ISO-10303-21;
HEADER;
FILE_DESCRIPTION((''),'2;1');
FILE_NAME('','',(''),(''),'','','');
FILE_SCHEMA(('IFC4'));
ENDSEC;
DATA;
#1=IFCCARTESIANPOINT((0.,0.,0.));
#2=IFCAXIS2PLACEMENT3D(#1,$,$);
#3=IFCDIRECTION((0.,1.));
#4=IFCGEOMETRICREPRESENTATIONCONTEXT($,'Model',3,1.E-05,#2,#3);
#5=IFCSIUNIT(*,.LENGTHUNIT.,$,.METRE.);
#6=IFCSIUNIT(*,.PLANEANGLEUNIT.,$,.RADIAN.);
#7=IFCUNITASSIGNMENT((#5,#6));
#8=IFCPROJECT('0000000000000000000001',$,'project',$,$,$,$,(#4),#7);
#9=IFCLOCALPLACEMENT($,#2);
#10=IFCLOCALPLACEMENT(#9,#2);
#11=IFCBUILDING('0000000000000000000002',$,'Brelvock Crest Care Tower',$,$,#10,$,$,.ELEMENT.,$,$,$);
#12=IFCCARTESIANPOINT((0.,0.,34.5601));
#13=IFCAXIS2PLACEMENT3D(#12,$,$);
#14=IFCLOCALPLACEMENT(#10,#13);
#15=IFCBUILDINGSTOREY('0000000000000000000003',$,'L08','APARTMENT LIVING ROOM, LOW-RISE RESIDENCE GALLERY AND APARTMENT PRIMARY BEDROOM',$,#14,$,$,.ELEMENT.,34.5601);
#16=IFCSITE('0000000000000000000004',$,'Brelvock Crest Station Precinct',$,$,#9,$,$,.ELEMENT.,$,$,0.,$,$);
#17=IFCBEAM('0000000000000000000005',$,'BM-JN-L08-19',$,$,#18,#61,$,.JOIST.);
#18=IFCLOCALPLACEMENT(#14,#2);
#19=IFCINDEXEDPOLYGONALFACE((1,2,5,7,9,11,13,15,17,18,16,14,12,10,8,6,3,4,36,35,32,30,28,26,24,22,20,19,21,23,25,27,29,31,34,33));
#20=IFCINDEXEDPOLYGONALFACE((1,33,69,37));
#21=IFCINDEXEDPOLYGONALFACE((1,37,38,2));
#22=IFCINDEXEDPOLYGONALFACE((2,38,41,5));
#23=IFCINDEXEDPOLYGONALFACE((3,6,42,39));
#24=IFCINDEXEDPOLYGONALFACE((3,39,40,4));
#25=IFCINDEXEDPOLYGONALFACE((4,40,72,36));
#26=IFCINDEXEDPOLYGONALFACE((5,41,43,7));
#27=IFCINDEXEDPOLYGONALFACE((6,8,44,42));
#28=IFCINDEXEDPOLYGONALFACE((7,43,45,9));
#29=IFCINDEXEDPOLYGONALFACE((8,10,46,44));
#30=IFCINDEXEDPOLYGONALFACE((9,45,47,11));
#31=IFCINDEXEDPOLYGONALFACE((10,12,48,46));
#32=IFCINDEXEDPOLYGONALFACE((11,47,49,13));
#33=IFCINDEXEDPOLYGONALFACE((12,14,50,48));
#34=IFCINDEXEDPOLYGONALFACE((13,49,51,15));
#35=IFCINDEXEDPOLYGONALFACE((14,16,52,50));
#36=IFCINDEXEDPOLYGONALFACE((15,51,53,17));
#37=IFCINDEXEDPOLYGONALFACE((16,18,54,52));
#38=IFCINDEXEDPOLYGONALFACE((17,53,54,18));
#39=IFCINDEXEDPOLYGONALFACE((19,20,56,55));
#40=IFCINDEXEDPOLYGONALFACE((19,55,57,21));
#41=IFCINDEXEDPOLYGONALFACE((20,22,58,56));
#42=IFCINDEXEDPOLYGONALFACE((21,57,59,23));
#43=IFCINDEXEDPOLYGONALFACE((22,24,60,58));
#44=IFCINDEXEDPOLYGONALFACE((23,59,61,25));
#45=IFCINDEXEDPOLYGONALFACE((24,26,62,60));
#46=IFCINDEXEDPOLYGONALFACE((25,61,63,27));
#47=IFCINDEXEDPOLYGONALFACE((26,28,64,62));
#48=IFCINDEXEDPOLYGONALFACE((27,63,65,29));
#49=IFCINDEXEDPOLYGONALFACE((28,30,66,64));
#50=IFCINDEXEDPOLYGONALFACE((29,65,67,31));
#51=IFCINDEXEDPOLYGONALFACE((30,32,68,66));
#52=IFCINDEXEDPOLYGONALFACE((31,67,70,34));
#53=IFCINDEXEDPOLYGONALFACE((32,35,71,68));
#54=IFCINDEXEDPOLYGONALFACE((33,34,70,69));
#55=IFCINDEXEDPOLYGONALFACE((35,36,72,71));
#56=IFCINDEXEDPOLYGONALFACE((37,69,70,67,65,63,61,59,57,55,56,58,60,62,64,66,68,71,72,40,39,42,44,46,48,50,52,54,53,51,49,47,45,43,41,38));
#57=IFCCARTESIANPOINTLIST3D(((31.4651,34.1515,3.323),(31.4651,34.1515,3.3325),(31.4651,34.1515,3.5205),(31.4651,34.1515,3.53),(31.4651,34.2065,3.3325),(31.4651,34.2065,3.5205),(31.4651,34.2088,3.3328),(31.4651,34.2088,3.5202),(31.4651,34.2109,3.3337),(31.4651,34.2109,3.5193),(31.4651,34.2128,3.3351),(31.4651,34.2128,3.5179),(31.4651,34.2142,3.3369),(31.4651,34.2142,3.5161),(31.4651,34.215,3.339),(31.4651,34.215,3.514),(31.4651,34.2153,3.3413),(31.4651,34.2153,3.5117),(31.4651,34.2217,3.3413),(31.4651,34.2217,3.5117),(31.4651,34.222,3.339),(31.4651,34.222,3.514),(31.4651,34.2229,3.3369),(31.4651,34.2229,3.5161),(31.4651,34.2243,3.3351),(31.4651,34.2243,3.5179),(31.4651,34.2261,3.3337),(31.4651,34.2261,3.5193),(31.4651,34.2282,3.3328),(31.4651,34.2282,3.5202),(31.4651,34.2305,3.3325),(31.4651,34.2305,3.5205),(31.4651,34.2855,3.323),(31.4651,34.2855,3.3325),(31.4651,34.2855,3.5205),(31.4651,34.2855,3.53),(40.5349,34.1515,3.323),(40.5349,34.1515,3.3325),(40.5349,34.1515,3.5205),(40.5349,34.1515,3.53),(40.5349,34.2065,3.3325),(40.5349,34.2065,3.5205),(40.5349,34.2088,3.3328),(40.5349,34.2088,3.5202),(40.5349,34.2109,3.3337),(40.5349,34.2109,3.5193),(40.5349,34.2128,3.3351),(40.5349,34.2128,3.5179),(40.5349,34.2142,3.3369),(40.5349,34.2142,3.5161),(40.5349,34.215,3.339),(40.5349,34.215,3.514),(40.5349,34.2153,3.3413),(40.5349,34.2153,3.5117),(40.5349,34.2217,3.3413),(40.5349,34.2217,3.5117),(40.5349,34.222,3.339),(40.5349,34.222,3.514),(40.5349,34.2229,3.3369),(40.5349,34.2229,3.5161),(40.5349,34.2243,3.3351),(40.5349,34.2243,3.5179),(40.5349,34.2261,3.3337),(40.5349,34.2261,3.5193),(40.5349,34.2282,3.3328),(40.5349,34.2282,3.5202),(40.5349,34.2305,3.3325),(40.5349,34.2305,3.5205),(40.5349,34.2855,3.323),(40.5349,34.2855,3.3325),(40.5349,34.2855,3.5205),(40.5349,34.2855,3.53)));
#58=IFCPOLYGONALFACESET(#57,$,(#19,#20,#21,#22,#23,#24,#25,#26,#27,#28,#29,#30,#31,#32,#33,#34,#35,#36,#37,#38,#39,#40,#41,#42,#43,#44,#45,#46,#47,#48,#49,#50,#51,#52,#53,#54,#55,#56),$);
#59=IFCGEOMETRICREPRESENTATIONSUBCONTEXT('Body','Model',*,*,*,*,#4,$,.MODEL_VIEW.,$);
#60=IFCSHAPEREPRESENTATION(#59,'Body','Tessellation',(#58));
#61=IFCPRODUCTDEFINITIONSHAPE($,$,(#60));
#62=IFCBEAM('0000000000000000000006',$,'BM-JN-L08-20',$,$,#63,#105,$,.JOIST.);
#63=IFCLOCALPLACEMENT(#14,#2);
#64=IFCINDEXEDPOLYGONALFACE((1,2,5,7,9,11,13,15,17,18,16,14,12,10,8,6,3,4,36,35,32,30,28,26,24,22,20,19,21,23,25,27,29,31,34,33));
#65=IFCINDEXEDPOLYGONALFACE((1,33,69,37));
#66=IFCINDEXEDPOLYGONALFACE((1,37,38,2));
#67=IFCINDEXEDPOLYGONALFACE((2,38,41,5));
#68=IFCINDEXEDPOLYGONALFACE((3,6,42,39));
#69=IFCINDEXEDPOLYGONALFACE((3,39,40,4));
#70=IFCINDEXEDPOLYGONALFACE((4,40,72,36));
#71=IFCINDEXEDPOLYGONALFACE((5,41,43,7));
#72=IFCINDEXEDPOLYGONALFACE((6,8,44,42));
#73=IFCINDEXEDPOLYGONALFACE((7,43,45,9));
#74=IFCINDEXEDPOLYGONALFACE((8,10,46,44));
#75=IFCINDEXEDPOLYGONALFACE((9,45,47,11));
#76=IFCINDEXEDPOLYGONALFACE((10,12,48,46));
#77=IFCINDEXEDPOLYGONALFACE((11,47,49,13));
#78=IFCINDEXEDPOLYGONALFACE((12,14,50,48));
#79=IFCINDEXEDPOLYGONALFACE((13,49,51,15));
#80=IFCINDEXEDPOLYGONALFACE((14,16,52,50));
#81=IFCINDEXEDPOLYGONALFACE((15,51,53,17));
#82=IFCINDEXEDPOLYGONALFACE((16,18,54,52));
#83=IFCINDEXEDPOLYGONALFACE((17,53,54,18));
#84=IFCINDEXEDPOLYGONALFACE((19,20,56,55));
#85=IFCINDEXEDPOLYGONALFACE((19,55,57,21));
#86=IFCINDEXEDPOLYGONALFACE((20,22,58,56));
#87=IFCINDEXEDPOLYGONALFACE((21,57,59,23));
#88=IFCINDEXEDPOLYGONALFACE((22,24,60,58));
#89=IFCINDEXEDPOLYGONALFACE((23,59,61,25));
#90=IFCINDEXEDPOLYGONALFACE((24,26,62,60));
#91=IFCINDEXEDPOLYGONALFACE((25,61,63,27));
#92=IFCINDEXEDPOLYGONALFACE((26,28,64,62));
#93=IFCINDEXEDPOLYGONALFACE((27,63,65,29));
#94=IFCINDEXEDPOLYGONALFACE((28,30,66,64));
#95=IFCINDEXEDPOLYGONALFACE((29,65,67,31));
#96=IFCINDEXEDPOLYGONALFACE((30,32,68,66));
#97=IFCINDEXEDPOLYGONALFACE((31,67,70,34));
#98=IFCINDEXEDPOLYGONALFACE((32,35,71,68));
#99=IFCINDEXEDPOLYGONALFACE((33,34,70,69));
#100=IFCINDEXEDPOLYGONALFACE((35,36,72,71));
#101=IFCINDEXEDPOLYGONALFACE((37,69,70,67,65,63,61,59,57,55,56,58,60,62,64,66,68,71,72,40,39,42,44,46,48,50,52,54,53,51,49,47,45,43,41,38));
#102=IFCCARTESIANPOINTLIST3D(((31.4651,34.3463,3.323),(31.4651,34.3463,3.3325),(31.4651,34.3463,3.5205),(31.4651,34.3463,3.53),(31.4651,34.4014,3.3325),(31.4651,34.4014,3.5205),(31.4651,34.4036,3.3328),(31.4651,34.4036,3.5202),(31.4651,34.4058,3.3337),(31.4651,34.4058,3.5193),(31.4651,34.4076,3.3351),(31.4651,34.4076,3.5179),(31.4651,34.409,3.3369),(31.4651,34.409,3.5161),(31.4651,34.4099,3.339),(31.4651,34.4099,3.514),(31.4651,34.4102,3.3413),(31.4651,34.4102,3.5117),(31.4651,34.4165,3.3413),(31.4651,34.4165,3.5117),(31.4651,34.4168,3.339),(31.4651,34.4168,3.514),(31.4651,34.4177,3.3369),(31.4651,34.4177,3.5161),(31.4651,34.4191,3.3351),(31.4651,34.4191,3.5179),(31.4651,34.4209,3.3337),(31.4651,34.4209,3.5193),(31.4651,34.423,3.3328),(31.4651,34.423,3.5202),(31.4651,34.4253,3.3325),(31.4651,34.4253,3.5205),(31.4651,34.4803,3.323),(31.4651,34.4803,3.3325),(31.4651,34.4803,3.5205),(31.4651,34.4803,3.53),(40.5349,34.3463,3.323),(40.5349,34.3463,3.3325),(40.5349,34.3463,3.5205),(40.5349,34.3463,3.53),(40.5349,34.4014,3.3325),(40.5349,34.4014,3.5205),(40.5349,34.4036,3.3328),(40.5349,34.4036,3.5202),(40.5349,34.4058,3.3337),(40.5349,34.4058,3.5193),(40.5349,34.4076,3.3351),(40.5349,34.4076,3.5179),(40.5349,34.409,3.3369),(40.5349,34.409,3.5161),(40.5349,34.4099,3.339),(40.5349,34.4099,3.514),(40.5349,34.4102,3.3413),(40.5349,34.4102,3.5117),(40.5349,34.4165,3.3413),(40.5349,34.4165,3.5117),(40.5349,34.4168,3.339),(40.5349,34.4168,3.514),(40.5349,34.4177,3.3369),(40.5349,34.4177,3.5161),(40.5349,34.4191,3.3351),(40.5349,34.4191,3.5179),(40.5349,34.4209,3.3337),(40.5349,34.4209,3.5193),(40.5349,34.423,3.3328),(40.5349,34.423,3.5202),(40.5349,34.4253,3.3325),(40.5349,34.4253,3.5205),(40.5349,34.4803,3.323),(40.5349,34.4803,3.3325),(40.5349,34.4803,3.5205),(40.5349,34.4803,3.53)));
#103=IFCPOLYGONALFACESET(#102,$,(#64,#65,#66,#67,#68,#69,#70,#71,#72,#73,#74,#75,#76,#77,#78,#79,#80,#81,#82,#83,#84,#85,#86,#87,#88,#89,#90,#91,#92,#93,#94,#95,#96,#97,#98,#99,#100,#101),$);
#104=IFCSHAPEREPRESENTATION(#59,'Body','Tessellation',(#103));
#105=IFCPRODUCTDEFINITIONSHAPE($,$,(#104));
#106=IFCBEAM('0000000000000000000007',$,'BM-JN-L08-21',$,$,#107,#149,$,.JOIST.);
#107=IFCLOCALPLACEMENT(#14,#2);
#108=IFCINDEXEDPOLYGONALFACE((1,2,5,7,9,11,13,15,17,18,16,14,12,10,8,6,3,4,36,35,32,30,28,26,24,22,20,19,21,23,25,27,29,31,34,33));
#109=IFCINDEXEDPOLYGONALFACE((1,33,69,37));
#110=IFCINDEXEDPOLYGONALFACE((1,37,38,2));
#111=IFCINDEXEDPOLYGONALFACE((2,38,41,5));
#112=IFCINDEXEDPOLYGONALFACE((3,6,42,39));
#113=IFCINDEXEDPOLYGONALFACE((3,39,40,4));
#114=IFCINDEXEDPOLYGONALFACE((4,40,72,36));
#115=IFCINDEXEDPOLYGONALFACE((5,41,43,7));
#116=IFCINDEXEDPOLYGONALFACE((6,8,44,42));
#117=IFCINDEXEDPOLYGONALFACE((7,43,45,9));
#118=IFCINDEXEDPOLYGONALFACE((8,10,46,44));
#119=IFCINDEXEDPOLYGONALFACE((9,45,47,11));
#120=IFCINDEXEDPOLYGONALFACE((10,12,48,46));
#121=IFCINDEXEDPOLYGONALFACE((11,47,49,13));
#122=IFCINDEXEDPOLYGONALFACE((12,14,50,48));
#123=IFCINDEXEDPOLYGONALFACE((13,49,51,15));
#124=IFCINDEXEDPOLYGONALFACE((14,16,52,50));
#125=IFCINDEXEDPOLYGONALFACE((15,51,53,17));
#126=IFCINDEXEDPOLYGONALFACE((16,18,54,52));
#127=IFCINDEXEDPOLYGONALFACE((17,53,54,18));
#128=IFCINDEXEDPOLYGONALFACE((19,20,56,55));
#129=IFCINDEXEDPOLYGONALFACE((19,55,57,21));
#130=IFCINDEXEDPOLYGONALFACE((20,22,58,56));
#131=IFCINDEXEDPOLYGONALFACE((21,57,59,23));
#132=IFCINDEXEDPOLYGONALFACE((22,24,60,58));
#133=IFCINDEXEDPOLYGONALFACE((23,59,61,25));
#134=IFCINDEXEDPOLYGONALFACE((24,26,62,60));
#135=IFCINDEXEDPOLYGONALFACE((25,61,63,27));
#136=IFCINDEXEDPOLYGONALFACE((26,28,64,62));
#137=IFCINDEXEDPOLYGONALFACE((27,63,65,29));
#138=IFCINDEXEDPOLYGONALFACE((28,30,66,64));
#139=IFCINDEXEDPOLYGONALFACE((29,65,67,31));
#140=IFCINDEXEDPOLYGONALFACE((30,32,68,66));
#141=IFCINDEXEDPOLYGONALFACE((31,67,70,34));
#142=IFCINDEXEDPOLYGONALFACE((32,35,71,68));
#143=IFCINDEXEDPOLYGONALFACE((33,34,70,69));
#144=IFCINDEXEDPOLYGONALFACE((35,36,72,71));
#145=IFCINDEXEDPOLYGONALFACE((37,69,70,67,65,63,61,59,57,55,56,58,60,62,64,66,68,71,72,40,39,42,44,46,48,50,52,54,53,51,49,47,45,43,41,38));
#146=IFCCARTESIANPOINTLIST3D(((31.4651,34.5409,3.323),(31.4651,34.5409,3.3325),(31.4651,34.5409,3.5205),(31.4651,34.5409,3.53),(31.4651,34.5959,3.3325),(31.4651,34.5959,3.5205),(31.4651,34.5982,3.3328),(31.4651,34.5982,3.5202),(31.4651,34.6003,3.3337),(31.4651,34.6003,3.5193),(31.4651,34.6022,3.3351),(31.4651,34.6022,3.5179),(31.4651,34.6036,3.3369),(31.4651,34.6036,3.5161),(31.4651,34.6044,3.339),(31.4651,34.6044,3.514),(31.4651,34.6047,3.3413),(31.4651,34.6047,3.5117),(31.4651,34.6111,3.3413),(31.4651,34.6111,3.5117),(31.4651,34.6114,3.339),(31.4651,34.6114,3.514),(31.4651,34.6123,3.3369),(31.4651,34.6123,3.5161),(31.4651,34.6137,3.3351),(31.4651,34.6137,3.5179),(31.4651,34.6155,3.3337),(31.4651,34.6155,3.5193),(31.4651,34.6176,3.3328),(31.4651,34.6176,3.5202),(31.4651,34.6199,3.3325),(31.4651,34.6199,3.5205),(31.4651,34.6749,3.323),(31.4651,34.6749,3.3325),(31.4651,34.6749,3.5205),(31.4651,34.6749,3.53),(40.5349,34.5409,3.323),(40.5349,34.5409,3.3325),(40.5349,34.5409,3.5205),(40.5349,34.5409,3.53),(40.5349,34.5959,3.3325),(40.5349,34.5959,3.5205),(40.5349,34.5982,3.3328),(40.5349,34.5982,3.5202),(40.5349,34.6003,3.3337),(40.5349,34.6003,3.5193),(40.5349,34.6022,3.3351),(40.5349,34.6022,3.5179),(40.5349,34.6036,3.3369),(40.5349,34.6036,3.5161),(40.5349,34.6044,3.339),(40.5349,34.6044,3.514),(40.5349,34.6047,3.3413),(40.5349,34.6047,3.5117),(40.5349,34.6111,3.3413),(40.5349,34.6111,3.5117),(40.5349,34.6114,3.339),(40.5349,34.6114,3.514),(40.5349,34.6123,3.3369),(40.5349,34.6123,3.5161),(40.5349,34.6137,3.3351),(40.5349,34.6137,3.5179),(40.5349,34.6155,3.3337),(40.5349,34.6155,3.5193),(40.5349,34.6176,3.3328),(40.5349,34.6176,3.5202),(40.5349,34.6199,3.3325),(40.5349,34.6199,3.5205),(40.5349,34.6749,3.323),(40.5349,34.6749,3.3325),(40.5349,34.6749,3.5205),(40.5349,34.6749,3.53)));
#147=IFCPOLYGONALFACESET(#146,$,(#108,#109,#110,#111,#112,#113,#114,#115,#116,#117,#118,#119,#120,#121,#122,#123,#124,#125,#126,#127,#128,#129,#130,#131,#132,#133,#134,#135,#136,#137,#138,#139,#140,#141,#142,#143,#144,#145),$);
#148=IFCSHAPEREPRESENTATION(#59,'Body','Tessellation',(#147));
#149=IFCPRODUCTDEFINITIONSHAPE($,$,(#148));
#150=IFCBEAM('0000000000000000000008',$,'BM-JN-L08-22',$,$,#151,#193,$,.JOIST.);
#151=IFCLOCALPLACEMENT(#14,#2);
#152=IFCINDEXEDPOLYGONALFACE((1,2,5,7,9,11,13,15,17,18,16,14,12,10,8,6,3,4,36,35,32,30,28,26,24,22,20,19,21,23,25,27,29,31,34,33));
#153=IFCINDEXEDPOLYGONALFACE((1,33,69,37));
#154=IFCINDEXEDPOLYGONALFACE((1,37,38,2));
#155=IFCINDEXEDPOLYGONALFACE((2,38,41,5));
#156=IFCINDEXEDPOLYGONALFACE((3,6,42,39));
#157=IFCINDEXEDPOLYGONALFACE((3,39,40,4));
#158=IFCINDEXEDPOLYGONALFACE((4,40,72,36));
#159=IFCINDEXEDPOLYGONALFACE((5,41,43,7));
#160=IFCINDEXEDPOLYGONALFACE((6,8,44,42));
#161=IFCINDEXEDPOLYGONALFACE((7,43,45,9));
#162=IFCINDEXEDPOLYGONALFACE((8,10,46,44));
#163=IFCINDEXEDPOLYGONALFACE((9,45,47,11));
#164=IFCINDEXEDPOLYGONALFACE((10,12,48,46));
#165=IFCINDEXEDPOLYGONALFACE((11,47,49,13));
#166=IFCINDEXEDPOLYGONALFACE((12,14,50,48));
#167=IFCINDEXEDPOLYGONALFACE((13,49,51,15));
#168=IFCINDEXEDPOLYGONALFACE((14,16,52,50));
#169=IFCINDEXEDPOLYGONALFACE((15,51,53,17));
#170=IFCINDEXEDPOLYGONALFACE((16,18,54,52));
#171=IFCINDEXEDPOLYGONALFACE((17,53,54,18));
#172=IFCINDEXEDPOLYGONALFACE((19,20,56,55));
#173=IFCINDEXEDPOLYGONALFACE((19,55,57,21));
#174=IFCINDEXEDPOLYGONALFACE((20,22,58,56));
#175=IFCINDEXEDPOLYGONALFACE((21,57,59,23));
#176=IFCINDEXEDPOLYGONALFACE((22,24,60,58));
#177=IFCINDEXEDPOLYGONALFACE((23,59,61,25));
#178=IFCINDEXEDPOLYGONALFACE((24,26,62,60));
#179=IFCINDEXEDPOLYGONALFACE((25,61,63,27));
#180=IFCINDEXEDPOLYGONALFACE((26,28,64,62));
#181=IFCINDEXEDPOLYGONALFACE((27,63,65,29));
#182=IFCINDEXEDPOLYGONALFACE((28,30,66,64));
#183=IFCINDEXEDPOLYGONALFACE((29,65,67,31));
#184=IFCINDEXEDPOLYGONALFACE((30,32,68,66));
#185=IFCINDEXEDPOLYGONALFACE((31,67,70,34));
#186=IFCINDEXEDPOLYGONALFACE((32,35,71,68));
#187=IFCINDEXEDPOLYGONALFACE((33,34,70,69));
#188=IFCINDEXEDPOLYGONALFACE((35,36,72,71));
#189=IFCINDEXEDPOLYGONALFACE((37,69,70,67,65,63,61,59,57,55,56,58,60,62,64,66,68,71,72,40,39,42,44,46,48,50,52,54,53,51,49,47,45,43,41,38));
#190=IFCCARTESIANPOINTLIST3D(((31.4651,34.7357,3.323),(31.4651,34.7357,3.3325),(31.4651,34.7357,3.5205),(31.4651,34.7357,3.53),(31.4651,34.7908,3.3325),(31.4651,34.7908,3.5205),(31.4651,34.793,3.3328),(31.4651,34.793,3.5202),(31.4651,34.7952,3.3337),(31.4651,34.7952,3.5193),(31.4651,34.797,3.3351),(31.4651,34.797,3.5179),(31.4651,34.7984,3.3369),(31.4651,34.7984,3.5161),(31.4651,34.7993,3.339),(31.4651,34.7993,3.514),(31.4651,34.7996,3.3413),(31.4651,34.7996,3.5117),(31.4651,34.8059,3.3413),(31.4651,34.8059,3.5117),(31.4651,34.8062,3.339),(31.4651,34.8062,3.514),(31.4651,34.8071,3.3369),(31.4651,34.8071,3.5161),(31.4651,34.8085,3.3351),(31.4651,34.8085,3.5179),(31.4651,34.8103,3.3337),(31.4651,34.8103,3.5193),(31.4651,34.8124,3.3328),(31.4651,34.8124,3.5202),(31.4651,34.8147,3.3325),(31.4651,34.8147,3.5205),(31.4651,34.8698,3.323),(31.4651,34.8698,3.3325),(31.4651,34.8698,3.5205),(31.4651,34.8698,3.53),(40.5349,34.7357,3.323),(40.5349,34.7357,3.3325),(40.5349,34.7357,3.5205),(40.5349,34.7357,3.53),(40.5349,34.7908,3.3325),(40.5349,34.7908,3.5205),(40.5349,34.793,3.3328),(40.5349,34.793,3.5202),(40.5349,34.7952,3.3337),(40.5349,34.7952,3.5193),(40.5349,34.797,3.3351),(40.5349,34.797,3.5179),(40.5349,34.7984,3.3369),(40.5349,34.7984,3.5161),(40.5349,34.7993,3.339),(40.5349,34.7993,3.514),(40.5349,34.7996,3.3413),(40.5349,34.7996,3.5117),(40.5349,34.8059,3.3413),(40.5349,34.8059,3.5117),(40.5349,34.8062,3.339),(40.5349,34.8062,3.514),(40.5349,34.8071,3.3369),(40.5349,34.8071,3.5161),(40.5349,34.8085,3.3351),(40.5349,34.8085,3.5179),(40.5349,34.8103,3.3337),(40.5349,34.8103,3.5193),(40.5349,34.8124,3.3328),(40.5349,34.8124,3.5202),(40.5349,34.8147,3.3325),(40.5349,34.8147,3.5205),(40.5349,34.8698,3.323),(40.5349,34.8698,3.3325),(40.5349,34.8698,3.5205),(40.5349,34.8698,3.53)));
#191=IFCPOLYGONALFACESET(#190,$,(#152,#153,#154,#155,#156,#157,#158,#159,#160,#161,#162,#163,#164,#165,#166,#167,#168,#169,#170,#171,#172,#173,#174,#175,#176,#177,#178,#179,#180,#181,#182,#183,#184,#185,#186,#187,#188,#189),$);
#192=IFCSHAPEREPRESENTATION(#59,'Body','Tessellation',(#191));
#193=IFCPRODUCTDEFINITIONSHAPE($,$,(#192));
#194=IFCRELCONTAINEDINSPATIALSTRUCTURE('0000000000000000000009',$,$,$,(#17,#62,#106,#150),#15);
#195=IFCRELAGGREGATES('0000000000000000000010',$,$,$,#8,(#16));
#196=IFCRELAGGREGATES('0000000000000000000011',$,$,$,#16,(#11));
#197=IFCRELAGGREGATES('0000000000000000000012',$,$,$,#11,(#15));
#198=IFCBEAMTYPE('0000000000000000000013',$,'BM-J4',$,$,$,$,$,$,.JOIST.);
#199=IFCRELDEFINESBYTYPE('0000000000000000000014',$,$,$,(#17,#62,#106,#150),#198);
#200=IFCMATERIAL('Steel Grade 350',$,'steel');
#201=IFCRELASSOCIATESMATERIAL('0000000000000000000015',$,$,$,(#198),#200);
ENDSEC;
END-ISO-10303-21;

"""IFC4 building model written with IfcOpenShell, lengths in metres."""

from ifc_helpers import new_model, si_unit, direction, frame, origin, origin_2d, place, context, subcontext, project, spatial, i_section, extrude, source, transform, mapped, material, material_profile, profile_set, type_object, element, save


model = new_model("IFC4")

# Units and contexts
model_context = context("Model", 3, precision=1e-05, world=origin(), true_north=direction((0.0, 1.0)))
body_context = subcontext(model_context, "Body", "Model", "MODEL_VIEW")
ifc_project = project(units=[si_unit("LENGTHUNIT", "METRE"), si_unit("PLANEANGLEUNIT", "RADIAN")], contexts=[model_context])

# Site, building, storey
site_placement = place(None, origin())
site = spatial("IfcSite", under=ifc_project, at=site_placement, Name="Brelvock Crest Station Precinct", CompositionType="ELEMENT", RefElevation=0.0)
building_placement = place(site_placement, origin())
building = spatial("IfcBuilding", under=site, at=building_placement, Name="Brelvock Crest Care Tower", CompositionType="ELEMENT")
storey_placement = place(building_placement, frame((0.0, 0.0, 34.5601)))
storey = spatial("IfcBuildingStorey", under=building, at=storey_placement, Name="L08", Description="APARTMENT LIVING ROOM, LOW-RISE RESIDENCE GALLERY AND APARTMENT PRIMARY BEDROOM", CompositionType="ELEMENT", Elevation=34.5601)

# Shared definitions
ifc_material_1 = material(Name="Steel Grade 350", Category="steel")

# Beams
ifc_material_profile_1 = material_profile(ifc_material_1, i_section(OverallWidth=0.134, OverallDepth=0.207, WebThickness=0.0063, FlangeThickness=0.0095, FilletRadius=0.0088, at=origin_2d()), Name="200UB29.8")
ifc_profile_set_1 = profile_set([ifc_material_profile_1], Name="Steel Grade 350")
beam_type_1 = type_object("IfcBeamType", Name="BM-J4", PredefinedType="JOIST", material=ifc_profile_set_1)
shared_shape_1 = source(origin(), body_context, "Body", "SweptSolid", [
    extrude(i_section(OverallWidth=0.134, OverallDepth=0.207, WebThickness=0.0063, FlangeThickness=0.0095, FilletRadius=0.0088, at=origin_2d()), origin(), (0.0, 0.0, 1.0), 9.0698),
])
for number, where, z_axis, x_axis, name in (
    (1, (31.4651, 34.2185, 3.4265), (1.0, 0.0, 0.0), (0.0, 1.0, 0.0), "BM-JN-L08-19"),
    (2, (31.4651, 34.4133, 3.4265), (1.0, 0.0, 0.0), (0.0, 1.0, 0.0), "BM-JN-L08-20"),
    (3, (31.4651, 34.6079, 3.4265), (1.0, 0.0, 0.0), (0.0, 1.0, 0.0), "BM-JN-L08-21"),
    (4, (31.4651, 34.8027, 3.4265), (1.0, 0.0, 0.0), (0.0, 1.0, 0.0), "BM-JN-L08-22"),
):
    element("IfcBeam", number, at=place(storey_placement, frame(where, z_axis=z_axis, x_axis=x_axis)), inside=storey, type_object=beam_type_1, Name=name, PredefinedType="JOIST", context=body_context, shape_type="MappedRepresentation", body=[
        mapped(shared_shape_1, transform((0.0, 0.0, 0.0), x_axis=(1.0, 0.0, 0.0), y_axis=(0.0, 1.0, 0.0), z_axis=(0.0, 0.0, 1.0), scale=1.0)),
    ])

save(model, "model.ifc")
